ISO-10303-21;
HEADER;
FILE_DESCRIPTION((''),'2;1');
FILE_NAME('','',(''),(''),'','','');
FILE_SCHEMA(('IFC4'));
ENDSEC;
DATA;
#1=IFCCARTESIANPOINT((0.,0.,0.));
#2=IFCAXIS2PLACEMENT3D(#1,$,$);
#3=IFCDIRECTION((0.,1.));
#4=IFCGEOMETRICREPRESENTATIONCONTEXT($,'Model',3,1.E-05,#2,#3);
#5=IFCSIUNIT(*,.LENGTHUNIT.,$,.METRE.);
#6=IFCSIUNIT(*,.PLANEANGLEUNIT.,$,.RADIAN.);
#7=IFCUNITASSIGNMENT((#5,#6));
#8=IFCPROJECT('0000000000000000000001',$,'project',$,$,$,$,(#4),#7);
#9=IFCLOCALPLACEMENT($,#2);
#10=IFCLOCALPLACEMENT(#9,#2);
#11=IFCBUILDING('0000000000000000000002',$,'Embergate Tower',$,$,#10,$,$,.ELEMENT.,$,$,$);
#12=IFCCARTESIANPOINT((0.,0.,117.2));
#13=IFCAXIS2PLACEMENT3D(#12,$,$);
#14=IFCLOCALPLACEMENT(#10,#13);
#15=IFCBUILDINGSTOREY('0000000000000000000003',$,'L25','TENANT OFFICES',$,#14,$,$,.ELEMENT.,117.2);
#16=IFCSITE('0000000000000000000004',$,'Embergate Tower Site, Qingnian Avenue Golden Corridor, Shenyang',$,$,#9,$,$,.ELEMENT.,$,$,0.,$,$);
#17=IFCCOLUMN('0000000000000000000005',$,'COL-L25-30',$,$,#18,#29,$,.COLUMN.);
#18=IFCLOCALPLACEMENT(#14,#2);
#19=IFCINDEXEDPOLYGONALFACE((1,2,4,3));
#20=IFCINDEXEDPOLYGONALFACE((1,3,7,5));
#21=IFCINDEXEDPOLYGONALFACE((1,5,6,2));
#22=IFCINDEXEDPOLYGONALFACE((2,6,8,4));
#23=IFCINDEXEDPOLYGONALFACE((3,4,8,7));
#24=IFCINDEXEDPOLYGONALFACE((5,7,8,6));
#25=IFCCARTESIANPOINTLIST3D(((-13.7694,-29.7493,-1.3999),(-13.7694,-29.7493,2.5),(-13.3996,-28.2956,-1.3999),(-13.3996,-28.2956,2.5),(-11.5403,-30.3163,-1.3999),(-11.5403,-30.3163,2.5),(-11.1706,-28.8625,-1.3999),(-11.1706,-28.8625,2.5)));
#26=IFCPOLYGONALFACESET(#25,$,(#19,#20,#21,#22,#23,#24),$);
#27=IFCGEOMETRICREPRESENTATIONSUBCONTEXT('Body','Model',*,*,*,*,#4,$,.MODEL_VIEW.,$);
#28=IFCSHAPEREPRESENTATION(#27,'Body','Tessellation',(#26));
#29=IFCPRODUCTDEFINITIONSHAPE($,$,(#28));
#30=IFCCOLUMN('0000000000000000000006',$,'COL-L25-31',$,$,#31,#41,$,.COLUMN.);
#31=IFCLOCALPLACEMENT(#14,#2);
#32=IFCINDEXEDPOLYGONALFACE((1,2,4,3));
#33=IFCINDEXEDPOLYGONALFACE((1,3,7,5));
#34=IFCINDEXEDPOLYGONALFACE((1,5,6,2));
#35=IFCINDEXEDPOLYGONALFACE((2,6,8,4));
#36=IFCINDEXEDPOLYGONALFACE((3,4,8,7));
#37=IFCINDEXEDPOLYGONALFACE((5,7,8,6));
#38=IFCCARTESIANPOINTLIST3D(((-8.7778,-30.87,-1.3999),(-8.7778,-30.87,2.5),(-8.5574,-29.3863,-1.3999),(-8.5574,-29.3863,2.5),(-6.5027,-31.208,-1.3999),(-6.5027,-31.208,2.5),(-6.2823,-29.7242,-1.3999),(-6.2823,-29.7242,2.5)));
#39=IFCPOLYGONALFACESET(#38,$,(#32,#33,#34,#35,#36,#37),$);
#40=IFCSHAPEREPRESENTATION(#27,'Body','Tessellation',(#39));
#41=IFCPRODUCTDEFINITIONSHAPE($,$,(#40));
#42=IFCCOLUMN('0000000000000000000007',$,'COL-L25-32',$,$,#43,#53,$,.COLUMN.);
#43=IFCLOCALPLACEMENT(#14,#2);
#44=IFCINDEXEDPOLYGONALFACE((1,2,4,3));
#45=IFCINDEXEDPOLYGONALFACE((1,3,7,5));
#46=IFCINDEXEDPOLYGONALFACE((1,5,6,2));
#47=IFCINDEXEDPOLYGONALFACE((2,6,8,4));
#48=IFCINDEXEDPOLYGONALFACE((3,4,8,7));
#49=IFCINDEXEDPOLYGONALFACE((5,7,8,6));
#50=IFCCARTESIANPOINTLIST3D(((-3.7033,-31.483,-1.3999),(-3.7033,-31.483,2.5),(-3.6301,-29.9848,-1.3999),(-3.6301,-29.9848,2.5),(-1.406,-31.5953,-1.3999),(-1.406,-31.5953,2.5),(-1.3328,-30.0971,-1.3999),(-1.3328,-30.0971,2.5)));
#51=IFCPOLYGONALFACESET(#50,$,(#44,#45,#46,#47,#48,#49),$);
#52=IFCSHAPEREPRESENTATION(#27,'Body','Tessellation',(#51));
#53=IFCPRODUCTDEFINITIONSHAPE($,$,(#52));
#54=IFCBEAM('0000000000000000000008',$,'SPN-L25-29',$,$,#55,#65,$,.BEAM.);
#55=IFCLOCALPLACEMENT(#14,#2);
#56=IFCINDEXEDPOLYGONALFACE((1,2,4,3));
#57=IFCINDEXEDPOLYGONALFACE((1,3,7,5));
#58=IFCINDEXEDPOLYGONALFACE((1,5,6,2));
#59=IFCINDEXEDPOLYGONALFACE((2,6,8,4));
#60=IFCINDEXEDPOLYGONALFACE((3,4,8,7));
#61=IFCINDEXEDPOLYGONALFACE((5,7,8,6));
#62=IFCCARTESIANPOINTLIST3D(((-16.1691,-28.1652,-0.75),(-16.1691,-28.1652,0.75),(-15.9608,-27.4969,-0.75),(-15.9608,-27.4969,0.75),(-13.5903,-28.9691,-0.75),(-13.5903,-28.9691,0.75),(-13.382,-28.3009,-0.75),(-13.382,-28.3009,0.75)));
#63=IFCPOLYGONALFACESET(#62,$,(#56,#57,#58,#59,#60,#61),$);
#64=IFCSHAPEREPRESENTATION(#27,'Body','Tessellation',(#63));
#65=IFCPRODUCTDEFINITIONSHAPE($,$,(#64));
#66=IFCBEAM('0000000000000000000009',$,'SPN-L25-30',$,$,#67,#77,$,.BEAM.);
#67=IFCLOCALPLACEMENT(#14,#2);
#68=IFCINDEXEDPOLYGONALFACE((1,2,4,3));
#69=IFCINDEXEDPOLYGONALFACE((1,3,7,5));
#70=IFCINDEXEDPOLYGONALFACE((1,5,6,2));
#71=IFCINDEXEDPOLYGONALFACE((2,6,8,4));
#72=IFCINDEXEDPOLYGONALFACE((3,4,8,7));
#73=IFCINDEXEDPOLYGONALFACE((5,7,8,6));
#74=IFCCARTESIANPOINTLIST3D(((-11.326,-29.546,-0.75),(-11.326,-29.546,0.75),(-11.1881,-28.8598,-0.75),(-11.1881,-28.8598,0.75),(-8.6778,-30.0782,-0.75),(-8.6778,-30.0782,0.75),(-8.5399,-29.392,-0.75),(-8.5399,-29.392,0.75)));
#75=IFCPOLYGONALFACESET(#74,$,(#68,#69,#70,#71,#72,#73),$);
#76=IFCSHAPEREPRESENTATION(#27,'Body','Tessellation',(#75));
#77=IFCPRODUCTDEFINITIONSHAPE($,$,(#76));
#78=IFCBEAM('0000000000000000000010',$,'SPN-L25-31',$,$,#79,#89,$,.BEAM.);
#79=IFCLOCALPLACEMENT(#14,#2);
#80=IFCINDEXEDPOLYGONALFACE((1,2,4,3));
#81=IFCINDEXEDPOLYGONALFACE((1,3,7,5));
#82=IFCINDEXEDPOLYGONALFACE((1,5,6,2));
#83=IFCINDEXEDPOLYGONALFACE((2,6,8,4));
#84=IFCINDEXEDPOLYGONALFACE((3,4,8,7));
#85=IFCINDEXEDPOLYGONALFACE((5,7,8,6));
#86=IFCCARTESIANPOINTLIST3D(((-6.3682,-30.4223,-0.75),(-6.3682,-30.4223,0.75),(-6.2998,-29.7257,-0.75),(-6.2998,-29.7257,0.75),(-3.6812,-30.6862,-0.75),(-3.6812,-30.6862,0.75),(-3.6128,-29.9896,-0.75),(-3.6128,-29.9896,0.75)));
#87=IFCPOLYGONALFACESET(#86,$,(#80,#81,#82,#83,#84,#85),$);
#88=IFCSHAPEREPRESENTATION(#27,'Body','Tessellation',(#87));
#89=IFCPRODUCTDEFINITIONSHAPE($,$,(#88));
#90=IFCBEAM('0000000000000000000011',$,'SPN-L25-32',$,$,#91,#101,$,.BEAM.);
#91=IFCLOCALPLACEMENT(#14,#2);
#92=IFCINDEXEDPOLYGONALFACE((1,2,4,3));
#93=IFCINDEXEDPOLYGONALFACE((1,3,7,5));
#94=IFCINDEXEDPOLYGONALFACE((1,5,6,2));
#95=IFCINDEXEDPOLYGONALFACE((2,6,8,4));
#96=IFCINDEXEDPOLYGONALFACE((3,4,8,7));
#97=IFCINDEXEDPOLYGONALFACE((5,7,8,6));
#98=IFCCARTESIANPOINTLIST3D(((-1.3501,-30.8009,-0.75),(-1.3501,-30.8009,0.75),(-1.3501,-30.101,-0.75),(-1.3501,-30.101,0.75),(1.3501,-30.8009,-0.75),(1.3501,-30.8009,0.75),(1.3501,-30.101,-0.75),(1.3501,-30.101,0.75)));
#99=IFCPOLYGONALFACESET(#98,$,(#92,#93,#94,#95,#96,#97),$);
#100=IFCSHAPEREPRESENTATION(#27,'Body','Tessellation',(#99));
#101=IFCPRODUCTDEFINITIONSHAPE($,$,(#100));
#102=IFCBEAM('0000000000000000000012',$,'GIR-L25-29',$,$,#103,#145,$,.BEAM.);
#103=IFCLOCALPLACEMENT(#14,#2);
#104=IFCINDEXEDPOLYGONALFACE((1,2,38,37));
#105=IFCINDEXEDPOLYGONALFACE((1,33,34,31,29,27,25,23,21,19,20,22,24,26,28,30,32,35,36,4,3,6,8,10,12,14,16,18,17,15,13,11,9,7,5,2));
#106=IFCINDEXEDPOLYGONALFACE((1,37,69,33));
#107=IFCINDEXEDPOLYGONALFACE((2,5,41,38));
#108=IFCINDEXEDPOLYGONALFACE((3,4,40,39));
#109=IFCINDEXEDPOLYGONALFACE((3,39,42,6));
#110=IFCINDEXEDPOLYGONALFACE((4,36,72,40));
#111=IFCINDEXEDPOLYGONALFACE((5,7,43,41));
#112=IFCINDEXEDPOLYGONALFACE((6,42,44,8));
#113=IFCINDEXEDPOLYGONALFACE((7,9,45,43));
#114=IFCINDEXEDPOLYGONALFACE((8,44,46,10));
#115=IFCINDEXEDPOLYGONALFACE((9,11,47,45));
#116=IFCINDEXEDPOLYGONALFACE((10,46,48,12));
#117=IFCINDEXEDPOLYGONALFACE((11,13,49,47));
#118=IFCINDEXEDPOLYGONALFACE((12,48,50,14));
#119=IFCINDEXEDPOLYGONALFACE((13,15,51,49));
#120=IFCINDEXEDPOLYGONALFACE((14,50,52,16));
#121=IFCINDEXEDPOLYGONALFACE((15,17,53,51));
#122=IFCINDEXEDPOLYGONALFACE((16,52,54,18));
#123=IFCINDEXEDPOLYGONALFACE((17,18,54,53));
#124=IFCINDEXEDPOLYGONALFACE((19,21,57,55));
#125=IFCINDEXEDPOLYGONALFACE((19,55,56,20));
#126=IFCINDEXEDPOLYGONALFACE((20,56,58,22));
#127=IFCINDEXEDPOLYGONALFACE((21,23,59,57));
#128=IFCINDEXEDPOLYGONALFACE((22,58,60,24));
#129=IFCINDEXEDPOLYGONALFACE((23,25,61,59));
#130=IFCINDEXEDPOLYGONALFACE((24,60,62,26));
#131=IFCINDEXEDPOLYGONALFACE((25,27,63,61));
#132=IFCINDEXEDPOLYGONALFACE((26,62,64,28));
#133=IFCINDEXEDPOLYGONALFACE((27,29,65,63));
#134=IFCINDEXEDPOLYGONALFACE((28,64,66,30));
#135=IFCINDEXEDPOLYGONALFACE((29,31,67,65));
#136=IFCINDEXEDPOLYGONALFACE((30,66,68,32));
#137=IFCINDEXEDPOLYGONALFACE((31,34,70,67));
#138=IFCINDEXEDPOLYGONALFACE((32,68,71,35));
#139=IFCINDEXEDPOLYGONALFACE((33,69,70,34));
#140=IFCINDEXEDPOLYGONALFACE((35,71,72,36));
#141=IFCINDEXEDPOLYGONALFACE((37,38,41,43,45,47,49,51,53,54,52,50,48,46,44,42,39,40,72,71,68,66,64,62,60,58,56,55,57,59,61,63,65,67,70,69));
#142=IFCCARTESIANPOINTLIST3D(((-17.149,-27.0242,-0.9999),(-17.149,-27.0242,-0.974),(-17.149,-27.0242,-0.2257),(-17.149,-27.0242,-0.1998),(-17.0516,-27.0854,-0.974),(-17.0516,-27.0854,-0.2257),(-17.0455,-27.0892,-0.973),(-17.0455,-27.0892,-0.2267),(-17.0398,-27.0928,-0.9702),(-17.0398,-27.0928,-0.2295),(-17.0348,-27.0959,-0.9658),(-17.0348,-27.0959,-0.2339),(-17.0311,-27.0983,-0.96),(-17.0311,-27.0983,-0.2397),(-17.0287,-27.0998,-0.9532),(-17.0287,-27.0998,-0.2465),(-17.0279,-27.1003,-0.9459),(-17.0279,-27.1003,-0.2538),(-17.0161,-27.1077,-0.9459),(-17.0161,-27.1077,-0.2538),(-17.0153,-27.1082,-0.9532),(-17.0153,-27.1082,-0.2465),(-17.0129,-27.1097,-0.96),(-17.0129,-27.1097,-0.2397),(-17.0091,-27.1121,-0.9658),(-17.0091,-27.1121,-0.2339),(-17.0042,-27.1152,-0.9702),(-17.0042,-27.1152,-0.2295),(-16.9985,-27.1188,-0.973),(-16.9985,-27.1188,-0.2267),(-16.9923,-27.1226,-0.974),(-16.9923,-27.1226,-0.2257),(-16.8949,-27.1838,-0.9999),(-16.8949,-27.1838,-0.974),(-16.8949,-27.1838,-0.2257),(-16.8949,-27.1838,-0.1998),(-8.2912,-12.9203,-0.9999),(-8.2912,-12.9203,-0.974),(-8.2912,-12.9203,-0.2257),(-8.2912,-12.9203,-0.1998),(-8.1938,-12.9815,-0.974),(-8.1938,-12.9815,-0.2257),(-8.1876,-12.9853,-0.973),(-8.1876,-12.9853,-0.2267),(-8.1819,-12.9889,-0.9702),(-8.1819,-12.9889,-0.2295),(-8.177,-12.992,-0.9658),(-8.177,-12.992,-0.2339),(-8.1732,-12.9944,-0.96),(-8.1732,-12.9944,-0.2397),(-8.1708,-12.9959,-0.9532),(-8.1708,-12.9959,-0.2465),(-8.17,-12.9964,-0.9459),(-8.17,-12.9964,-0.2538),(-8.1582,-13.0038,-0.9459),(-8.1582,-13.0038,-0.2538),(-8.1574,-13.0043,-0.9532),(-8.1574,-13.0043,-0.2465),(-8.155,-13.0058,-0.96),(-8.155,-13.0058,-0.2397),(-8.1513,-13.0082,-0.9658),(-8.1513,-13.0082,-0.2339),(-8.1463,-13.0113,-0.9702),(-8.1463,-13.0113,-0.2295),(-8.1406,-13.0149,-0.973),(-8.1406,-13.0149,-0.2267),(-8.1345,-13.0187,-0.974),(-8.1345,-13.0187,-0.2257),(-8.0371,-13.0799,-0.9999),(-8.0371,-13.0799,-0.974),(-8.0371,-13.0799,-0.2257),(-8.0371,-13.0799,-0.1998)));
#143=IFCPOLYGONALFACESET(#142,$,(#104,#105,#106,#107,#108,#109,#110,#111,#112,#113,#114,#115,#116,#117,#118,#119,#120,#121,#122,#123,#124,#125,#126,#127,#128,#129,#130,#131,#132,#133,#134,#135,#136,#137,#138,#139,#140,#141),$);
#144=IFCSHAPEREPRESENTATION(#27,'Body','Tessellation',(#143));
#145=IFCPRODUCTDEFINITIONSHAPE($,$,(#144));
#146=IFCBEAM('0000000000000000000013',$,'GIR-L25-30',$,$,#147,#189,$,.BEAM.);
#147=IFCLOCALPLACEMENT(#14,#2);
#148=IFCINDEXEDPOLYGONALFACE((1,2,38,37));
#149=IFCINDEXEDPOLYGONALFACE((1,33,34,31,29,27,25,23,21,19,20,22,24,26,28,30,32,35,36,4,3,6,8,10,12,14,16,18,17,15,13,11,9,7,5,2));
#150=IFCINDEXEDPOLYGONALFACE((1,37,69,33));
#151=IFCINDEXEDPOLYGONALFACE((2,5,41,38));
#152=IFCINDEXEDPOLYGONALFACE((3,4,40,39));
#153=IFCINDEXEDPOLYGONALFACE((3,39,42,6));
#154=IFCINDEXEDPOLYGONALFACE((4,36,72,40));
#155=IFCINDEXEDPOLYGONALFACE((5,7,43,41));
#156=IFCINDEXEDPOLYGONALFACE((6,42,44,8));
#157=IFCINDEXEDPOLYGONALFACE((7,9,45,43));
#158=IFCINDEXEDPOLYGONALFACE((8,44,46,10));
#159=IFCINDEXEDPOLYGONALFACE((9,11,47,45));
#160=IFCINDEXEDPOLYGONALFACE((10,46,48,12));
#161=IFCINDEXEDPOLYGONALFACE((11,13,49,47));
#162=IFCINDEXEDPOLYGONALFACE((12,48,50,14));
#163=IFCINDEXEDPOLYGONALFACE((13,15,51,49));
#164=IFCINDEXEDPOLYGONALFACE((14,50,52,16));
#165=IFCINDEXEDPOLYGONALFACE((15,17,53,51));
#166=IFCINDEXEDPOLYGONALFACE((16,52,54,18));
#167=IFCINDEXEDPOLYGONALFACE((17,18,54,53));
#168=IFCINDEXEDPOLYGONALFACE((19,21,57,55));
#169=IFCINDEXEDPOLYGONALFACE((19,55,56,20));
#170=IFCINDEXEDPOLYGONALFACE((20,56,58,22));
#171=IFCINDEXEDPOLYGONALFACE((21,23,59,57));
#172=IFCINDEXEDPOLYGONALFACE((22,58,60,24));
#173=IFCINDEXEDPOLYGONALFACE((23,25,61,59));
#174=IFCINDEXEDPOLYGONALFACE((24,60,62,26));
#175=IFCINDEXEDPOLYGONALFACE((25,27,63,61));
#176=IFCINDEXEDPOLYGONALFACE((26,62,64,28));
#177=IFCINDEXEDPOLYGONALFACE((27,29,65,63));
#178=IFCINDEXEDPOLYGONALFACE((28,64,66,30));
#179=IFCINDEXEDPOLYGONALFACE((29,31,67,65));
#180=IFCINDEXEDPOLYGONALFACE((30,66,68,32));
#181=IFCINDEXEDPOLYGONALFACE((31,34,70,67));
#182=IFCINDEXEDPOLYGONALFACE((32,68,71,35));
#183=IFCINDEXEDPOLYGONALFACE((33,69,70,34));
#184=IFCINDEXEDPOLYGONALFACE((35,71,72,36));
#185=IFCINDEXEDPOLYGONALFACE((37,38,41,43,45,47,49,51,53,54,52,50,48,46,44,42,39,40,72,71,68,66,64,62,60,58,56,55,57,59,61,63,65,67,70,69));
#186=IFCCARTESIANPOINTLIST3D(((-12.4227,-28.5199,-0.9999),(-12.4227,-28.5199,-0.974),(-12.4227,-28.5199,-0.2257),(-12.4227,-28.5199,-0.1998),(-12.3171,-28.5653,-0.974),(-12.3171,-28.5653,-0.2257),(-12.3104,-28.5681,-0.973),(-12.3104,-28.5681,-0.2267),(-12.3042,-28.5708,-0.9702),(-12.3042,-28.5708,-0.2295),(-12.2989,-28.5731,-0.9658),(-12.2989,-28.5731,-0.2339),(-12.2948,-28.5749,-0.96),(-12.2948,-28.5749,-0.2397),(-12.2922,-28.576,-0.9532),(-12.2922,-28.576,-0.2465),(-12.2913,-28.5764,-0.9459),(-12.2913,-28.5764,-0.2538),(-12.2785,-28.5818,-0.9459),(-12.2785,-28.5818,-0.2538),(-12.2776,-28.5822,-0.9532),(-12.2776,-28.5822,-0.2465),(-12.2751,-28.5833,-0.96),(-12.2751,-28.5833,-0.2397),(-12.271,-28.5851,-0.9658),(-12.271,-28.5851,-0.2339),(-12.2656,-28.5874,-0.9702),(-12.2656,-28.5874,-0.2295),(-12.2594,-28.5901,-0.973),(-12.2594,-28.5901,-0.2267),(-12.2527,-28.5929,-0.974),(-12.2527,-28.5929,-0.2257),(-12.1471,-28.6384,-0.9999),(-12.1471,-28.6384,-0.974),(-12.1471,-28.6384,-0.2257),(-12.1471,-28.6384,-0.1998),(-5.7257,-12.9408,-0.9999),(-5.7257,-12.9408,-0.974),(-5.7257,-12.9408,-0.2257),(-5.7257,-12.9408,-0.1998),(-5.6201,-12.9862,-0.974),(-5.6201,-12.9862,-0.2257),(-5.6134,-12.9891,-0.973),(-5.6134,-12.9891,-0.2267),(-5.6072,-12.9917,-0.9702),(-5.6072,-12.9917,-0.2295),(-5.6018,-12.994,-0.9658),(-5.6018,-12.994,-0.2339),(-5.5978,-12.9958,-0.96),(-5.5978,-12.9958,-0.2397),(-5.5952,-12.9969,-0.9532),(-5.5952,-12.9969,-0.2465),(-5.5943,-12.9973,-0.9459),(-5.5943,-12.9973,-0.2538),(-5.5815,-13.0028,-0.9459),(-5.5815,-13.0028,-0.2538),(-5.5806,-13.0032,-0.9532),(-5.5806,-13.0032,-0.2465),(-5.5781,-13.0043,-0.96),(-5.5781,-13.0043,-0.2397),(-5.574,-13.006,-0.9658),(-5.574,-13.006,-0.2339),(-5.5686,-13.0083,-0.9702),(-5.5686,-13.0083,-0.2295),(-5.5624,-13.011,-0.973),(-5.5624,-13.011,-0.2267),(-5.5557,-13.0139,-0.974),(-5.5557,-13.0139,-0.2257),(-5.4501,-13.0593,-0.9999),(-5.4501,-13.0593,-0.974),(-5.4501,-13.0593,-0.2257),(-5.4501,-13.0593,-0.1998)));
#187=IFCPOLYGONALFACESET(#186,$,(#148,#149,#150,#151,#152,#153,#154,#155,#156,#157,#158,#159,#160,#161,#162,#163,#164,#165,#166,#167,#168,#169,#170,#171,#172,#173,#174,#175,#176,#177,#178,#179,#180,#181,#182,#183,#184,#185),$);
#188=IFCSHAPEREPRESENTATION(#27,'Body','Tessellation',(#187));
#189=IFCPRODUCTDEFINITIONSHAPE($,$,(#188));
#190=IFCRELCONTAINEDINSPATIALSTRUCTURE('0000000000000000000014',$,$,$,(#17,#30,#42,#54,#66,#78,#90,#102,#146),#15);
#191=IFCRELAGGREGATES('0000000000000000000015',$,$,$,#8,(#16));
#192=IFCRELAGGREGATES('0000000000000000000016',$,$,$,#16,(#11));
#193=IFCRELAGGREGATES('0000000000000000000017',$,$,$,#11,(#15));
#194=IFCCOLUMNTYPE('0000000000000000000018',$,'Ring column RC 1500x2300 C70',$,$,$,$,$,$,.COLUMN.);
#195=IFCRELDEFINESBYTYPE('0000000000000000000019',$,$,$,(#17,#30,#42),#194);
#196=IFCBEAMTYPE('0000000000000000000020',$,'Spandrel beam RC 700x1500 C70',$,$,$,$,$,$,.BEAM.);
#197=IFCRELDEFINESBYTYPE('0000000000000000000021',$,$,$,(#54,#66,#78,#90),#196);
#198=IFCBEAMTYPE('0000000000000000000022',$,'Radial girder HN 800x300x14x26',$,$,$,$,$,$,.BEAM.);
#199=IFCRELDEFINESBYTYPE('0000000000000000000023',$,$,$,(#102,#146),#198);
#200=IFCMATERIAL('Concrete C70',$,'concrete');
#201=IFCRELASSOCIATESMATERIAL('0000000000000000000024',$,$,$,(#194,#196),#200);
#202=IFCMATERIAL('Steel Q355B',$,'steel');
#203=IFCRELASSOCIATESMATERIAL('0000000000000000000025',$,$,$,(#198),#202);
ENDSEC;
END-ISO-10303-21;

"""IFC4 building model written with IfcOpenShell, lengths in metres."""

from ifc_helpers import new_model, si_unit, direction, frame, origin, origin_2d, place, context, subcontext, project, spatial, rectangle, i_section, extrude, source, transform, mapped, material, material_profile, profile_set, type_object, element, save


model = new_model("IFC4")

# Units and contexts
model_context = context("Model", 3, precision=1e-05, world=origin(), true_north=direction((0.0, 1.0)))
body_context = subcontext(model_context, "Body", "Model", "MODEL_VIEW")
ifc_project = project(units=[si_unit("LENGTHUNIT", "METRE"), si_unit("PLANEANGLEUNIT", "RADIAN")], contexts=[model_context])

# Site, building, storey
site_placement = place(None, origin())
site = spatial("IfcSite", under=ifc_project, at=site_placement, Name="Embergate Tower Site, Qingnian Avenue Golden Corridor, Shenyang", CompositionType="ELEMENT", RefElevation=0.0)
building_placement = place(site_placement, origin())
building = spatial("IfcBuilding", under=site, at=building_placement, Name="Embergate Tower", CompositionType="ELEMENT")
storey_placement = place(building_placement, frame((0.0, 0.0, 117.2)))
storey = spatial("IfcBuildingStorey", under=building, at=storey_placement, Name="L25", Description="TENANT OFFICES", CompositionType="ELEMENT", Elevation=117.2)

# Columns
ifc_material_1 = material(Name="Concrete C70", Category="concrete")
ifc_material_profile_1 = material_profile(ifc_material_1, rectangle(XDim=1.5, YDim=2.3, at=origin_2d()), Name="RC 1500x2300")
ifc_profile_set_1 = profile_set([ifc_material_profile_1], Name="Concrete C70")
column_type = type_object("IfcColumnType", Name="Ring column RC 1500x2300 C70", PredefinedType="COLUMN", material=ifc_profile_set_1)
shared_shape_1 = source(origin(), body_context, "Body", "SweptSolid", [
    extrude(rectangle(XDim=1.5, YDim=2.3, at=origin_2d()), origin(), (0.0, 0.0, 1.0), 3.8999),
])
for number, where, z_axis, x_axis, name in (
    (1, (-12.47, -29.3059, -1.3999), (0.0, 0.0, 1.0), (-0.246509, -0.969141, 0.0), "COL-L25-30"),
    (2, (-7.53, -30.2971, -1.3999), (0.0, 0.0, 1.0), (-0.146929, -0.989147, 0.0), "COL-L25-31"),
    (3, (-2.5181, -30.79, -1.3999), (0.0, 0.0, 1.0), (-0.048815, -0.998808, 0.0), "COL-L25-32"),
):
    element("IfcColumn", number, at=place(storey_placement, frame(where, z_axis=z_axis, x_axis=x_axis)), inside=storey, type_object=column_type, Name=name, PredefinedType="COLUMN", context=body_context, shape_type="MappedRepresentation", body=[
        mapped(shared_shape_1, transform((0.0, 0.0, 0.0))),
    ])

# Beams
ifc_material_profile_2 = material_profile(ifc_material_1, rectangle(XDim=0.7, YDim=1.5, at=origin_2d()), Name="RC 700x1500")
ifc_profile_set_2 = profile_set([ifc_material_profile_2], Name="Concrete C70")
beam_type_1 = type_object("IfcBeamType", Name="Spandrel beam RC 700x1500 C70", PredefinedType="BEAM", material=ifc_profile_set_2)
shared_shape_2 = source(origin(), body_context, "Body", "SweptSolid", [
    extrude(rectangle(XDim=0.7, YDim=1.5, at=origin_2d()), origin(), (0.0, 0.0, 1.0), 2.7012),
])
for number, where, z_axis, x_axis, name in (
    (4, (-16.0649, -27.8311, 0.0), (0.954684, -0.297621, 0.0), (0.297621, 0.954684, 0.0), "SPN-L25-29"),
    (5, (-11.2571, -29.2029, 0.0), (0.980396, -0.197037, 0.0), (0.197037, 0.980396, 0.0), "SPN-L25-30"),
):
    element("IfcBeam", number, at=place(storey_placement, frame(where, z_axis=z_axis, x_axis=x_axis)), inside=storey, type_object=beam_type_1, Name=name, PredefinedType="BEAM", context=body_context, shape_type="MappedRepresentation", body=[
        mapped(shared_shape_2, transform((0.0, 0.0, 0.0))),
    ])
shared_shape_3 = source(origin(), body_context, "Body", "SweptSolid", [
    extrude(rectangle(XDim=0.7, YDim=1.5, at=origin_2d()), origin(), (0.0, 0.0, 1.0), 2.7),
])
beam_1_placement = place(storey_placement, frame((-6.334, -30.074, 0.0), z_axis=(0.995211, -0.097749, 0.0), x_axis=(0.097749, 0.995211, 0.0)))
element("IfcBeam", 6, at=beam_1_placement, inside=storey, type_object=beam_type_1, Name="SPN-L25-31", PredefinedType="BEAM", context=body_context, shape_type="MappedRepresentation", body=[
    mapped(shared_shape_3, transform((0.0, 0.0, 0.0))),
])
shared_shape_4 = source(origin(), body_context, "Body", "SweptSolid", [
    extrude(rectangle(XDim=0.7, YDim=1.5, at=origin_2d()), origin(), (0.0, 0.0, 1.0), 2.7002),
])
beam_2_placement = place(storey_placement, frame((-1.3501, -30.4509, 0.0), z_axis=(1.0, 0.0, 0.0), x_axis=(0.0, 1.0, 0.0)))
element("IfcBeam", 7, at=beam_2_placement, inside=storey, type_object=beam_type_1, Name="SPN-L25-32", PredefinedType="BEAM", context=body_context, shape_type="MappedRepresentation", body=[
    mapped(shared_shape_4, transform((0.0, 0.0, 0.0))),
])
ifc_material_2 = material(Name="Steel Q355B", Category="steel")
ifc_material_profile_3 = material_profile(ifc_material_2, i_section(OverallWidth=0.3, OverallDepth=0.8, WebThickness=0.0139, FlangeThickness=0.0259, FilletRadius=0.0281, at=origin_2d()), Name="HN 800x300x14x26")
ifc_profile_set_3 = profile_set([ifc_material_profile_3], Name="Steel Q355 grade B")
beam_type_2 = type_object("IfcBeamType", Name="Radial girder HN 800x300x14x26", PredefinedType="BEAM", material=ifc_profile_set_3)
shared_shape_5 = source(origin(), body_context, "Body", "SweptSolid", [
    extrude(i_section(OverallWidth=0.3, OverallDepth=0.8, WebThickness=0.0139, FlangeThickness=0.0259, FilletRadius=0.0281, at=origin_2d()), origin(), (0.0, 0.0, 1.0), 16.6548),
])
beam_3_placement = place(storey_placement, frame((-17.022, -27.104, -0.5999), z_axis=(0.53185, 0.846838, 0.0), x_axis=(-0.846838, 0.53185, 0.0)))
element("IfcBeam", 8, at=beam_3_placement, inside=storey, type_object=beam_type_2, Name="GIR-L25-29", PredefinedType="BEAM", context=body_context, shape_type="MappedRepresentation", body=[
    mapped(shared_shape_5, transform((0.0, 0.0, 0.0))),
])
shared_shape_6 = source(origin(), body_context, "Body", "SweptSolid", [
    extrude(i_section(OverallWidth=0.3, OverallDepth=0.8, WebThickness=0.0139, FlangeThickness=0.0259, FilletRadius=0.0281, at=origin_2d()), origin(), (0.0, 0.0, 1.0), 16.9575),
])
beam_4_placement = place(storey_placement, frame((-12.2849, -28.5791, -0.5999), z_axis=(0.394929, 0.918712, 0.0), x_axis=(-0.918712, 0.394929, 0.0)))
element("IfcBeam", 9, at=beam_4_placement, inside=storey, type_object=beam_type_2, Name="GIR-L25-30", PredefinedType="BEAM", context=body_context, shape_type="MappedRepresentation", body=[
    mapped(shared_shape_6, transform((0.0, 0.0, 0.0))),
])

save(model, "model.ifc")
